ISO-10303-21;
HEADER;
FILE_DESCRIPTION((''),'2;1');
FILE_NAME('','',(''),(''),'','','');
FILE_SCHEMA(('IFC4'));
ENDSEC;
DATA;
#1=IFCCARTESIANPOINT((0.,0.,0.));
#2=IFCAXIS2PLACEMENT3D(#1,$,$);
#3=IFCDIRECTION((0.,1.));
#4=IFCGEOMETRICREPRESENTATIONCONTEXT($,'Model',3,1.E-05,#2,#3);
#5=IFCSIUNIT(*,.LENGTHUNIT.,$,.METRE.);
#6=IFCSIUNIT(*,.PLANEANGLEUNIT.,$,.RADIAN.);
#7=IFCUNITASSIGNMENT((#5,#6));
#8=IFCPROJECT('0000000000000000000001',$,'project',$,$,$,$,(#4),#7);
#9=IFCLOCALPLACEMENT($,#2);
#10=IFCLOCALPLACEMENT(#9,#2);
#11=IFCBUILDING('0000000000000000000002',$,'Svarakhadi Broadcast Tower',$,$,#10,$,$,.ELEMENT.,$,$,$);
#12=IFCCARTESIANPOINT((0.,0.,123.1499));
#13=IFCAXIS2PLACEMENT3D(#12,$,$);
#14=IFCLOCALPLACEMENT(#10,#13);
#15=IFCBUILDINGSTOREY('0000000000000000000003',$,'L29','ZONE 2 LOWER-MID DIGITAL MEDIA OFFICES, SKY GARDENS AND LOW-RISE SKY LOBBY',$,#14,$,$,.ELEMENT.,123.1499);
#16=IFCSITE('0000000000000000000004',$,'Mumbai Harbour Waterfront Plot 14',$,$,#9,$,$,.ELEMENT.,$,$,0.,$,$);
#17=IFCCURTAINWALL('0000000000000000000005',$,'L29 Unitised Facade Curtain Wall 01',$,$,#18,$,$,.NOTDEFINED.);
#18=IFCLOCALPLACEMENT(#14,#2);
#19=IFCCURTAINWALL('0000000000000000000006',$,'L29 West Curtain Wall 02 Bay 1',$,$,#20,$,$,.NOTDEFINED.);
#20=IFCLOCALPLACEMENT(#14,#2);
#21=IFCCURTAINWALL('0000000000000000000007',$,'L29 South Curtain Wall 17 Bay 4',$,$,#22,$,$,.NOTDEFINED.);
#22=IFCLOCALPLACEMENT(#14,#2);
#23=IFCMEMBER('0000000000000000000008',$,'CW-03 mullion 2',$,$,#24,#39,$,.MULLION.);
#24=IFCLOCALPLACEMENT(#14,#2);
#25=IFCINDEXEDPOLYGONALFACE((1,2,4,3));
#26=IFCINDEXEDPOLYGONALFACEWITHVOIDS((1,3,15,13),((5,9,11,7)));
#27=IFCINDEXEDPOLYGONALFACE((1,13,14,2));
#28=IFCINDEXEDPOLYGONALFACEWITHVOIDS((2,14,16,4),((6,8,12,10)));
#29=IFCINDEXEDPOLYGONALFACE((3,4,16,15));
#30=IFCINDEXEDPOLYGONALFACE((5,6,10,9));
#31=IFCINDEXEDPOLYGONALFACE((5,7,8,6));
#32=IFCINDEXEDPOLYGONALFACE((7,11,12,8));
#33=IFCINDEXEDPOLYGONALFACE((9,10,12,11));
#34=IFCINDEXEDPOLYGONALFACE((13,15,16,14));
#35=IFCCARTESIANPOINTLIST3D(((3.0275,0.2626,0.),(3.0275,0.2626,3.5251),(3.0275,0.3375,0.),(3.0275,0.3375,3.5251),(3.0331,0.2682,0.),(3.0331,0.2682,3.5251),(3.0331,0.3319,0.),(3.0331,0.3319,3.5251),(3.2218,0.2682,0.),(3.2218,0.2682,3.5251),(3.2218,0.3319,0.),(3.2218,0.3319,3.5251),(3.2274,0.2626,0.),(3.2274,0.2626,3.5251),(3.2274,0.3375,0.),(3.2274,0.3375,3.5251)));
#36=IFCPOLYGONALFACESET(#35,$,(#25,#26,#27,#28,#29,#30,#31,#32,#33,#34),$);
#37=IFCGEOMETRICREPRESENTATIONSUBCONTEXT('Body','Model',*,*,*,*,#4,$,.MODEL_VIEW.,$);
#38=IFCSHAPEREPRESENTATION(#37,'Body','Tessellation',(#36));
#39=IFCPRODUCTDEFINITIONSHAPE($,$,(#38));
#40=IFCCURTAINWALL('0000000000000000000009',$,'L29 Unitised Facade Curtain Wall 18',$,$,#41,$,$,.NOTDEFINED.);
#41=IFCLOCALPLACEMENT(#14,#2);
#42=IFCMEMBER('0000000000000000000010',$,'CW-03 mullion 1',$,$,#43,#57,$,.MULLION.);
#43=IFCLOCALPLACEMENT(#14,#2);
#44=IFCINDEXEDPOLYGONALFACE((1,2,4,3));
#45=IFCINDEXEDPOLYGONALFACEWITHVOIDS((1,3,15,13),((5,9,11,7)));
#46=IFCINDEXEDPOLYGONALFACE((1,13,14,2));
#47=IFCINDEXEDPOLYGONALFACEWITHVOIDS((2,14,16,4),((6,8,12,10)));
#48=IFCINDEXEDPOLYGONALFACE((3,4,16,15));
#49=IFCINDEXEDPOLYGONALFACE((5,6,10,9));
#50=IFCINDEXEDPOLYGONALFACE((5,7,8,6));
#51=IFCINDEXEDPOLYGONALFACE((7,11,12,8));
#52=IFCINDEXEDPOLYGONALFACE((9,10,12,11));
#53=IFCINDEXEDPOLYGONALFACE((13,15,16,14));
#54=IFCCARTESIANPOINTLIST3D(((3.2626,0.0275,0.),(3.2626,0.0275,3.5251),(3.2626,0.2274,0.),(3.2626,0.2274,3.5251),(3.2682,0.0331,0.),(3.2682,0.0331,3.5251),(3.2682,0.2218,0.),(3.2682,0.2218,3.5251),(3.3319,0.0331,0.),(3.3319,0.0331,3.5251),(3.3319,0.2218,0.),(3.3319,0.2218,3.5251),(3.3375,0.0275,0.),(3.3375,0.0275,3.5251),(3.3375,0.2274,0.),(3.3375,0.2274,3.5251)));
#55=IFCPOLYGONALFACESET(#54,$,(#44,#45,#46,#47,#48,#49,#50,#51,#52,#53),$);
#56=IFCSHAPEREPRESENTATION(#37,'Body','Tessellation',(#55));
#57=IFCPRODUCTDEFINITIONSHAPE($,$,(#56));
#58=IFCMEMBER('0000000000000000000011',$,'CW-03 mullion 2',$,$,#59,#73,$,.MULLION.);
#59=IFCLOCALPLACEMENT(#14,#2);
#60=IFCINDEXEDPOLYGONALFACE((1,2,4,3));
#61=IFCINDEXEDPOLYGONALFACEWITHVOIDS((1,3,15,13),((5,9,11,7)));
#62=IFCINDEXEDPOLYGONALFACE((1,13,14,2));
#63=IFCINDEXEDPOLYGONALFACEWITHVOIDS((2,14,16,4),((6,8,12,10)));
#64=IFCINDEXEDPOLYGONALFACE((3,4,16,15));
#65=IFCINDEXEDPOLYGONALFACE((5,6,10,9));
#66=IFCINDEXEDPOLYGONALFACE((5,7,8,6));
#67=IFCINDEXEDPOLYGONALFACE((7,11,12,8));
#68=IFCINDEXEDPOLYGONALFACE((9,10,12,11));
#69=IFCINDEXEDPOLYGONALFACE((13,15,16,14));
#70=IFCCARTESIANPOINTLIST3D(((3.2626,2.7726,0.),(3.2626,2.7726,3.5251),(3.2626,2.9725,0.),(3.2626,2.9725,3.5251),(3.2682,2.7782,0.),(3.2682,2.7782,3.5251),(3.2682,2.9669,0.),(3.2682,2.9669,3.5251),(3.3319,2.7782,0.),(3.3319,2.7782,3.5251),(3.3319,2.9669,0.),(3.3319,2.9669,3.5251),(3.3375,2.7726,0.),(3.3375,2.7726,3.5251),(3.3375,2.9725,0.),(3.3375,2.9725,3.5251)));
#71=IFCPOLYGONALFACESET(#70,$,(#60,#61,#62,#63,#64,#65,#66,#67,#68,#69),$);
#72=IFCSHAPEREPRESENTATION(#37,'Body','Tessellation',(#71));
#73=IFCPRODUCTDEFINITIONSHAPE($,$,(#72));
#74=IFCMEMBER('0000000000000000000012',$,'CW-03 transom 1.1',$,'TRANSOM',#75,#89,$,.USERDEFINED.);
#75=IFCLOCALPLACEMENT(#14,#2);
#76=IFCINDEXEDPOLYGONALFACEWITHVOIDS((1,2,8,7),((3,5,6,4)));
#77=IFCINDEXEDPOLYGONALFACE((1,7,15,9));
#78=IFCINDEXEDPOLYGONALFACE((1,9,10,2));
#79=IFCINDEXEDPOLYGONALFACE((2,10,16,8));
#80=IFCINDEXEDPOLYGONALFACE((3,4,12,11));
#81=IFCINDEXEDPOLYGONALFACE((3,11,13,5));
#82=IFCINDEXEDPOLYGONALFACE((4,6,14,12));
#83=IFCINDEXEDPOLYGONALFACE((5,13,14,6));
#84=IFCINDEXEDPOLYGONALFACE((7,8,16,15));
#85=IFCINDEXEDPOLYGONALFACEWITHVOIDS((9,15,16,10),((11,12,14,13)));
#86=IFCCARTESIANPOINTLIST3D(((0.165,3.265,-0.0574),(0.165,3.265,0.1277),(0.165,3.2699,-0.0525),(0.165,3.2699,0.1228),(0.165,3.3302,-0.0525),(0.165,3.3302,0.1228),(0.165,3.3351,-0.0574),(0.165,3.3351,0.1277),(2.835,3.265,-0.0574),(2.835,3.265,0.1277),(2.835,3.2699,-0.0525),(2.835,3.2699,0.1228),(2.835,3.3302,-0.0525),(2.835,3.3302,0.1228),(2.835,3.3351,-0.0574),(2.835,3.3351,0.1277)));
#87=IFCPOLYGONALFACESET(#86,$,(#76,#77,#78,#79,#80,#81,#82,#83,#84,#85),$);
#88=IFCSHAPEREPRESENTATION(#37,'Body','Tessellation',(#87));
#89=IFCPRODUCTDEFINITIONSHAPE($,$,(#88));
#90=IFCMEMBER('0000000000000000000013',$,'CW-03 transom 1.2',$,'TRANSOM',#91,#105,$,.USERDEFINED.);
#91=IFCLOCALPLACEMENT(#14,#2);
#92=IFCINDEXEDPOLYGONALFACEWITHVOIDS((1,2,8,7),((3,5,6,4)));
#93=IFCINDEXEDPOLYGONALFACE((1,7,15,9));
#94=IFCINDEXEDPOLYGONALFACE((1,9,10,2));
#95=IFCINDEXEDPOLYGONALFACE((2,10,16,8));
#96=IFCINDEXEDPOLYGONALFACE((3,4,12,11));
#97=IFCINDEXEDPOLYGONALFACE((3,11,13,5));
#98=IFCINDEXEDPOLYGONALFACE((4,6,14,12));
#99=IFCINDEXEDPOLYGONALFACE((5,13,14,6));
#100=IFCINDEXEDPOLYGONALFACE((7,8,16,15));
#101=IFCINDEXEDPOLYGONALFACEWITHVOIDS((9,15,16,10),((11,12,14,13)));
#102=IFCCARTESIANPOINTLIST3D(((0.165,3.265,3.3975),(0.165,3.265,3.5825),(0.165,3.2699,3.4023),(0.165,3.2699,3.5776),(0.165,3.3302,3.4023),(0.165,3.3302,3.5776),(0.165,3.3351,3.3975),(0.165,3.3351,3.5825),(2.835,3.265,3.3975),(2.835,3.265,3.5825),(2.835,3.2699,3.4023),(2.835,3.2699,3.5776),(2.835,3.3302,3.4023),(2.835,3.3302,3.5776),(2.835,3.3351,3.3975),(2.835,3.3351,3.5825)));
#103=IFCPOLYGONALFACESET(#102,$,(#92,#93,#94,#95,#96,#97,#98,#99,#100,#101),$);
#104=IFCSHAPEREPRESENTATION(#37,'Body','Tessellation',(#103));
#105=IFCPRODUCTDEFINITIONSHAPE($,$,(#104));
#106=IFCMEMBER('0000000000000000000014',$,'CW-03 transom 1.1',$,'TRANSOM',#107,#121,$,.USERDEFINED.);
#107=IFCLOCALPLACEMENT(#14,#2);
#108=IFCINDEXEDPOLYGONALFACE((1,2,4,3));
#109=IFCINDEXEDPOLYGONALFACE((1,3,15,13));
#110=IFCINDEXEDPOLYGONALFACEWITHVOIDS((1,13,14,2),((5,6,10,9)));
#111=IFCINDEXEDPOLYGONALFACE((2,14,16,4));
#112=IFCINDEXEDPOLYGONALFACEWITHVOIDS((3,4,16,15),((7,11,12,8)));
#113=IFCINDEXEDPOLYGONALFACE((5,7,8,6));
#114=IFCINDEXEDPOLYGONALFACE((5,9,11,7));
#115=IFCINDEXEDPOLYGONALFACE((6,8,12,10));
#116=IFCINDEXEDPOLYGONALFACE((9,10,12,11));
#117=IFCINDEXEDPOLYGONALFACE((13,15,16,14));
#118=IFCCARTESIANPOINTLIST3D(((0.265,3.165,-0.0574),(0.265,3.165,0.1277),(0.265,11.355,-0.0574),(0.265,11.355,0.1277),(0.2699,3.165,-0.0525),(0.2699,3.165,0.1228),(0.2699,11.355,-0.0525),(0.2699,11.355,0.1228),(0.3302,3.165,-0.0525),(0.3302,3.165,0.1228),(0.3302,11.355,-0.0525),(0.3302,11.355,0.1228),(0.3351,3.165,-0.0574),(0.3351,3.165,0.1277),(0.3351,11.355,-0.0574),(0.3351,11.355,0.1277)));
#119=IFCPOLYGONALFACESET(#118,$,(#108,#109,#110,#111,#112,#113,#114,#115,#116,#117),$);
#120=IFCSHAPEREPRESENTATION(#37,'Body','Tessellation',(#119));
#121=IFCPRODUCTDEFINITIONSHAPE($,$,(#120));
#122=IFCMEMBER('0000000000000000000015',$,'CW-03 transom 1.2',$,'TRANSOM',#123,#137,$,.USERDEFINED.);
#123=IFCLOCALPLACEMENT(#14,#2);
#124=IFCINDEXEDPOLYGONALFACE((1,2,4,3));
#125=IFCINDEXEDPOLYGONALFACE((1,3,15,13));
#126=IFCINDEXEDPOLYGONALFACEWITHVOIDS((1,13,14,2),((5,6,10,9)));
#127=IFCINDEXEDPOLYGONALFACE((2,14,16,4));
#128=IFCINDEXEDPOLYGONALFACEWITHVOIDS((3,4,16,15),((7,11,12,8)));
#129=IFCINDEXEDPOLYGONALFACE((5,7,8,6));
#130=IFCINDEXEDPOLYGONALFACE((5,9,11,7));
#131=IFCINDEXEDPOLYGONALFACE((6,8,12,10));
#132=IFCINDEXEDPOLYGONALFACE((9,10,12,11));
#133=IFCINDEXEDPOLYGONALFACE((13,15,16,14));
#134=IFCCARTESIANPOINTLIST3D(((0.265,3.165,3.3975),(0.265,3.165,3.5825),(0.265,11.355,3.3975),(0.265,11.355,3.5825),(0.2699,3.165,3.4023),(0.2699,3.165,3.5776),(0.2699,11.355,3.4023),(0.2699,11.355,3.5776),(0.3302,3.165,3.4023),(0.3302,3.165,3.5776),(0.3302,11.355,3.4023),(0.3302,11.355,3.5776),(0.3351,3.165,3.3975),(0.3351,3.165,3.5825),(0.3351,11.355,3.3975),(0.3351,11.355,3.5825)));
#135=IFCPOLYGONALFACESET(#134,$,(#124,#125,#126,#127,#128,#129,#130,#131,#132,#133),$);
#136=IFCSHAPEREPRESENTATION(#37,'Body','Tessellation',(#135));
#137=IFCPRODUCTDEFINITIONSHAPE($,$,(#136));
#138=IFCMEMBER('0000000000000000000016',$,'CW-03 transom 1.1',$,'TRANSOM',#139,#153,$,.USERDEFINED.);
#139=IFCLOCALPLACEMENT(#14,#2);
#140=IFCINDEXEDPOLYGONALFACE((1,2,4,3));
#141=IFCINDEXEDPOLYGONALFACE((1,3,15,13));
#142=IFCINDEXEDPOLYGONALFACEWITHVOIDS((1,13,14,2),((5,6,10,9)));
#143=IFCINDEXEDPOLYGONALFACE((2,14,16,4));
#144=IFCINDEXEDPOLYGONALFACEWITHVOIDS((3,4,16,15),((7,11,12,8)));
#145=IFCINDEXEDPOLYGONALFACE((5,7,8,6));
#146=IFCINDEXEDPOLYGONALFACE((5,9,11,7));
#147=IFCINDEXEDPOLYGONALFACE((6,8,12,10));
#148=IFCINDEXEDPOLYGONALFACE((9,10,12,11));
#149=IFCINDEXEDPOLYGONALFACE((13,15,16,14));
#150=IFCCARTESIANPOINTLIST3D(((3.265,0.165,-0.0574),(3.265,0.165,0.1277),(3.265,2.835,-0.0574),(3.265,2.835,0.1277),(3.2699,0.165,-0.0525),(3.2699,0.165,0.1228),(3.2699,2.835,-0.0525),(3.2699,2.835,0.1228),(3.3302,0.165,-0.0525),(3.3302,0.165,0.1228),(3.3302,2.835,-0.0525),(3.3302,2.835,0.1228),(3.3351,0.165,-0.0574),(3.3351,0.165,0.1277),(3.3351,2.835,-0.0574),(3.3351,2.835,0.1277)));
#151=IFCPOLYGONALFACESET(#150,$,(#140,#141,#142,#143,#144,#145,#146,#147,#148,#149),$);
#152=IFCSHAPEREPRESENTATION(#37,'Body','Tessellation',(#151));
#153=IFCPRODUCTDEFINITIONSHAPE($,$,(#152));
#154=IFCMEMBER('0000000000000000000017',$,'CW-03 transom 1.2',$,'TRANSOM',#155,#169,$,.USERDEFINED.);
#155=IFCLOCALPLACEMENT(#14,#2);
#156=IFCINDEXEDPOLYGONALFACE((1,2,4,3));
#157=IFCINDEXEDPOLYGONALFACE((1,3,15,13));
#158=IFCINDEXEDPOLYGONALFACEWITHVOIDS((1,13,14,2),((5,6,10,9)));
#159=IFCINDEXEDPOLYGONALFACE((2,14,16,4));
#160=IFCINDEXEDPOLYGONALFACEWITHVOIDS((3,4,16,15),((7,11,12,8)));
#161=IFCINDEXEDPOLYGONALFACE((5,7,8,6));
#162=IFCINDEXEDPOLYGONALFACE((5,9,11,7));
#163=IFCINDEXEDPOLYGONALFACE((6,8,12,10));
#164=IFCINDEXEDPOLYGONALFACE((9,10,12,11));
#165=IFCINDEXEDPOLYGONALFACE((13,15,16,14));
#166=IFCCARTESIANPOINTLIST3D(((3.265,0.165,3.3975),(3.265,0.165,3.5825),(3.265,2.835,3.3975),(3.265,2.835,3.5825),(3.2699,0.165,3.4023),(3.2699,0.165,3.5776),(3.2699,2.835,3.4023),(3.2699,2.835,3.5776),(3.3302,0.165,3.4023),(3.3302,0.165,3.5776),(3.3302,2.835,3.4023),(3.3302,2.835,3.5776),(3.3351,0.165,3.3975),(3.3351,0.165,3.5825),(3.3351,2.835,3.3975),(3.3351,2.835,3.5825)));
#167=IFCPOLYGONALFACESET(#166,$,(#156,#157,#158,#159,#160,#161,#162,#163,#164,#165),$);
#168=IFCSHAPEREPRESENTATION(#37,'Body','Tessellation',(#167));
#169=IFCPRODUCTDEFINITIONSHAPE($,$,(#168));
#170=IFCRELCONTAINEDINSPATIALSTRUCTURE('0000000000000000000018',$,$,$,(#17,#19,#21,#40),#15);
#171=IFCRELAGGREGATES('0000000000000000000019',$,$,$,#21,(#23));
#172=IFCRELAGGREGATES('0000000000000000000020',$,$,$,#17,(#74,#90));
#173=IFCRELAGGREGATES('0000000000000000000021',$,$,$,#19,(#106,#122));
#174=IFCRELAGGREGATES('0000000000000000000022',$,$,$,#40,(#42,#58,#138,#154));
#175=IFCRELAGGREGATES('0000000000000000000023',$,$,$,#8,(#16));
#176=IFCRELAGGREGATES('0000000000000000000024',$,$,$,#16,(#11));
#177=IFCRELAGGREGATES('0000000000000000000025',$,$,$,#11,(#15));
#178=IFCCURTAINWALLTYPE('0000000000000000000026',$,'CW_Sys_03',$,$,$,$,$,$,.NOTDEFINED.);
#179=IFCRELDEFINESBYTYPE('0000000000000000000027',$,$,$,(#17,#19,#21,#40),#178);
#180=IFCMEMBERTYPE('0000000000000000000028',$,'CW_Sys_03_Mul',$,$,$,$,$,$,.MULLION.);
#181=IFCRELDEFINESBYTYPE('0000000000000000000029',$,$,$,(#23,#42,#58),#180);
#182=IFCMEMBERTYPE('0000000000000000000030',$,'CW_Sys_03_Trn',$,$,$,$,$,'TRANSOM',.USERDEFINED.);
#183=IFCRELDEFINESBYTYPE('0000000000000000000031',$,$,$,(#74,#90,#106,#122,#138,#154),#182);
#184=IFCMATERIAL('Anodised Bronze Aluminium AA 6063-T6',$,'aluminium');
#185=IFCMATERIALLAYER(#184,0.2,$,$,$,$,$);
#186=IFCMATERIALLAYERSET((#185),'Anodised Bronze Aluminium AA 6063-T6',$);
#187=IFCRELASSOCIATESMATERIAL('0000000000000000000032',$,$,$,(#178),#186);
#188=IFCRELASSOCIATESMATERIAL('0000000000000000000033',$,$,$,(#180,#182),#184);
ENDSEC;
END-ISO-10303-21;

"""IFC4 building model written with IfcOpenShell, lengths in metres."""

from ifc_helpers import new_model, si_unit, direction, frame, origin, origin_2d, place, context, subcontext, project, spatial, hollow_rectangle, extrude, material, layer, layer_set, material_profile, profile_set, type_object, element, aggregate, save


model = new_model("IFC4")

# Units and contexts
model_context = context("Model", 3, precision=1e-05, world=origin(), true_north=direction((0.0, 1.0)))
body_context = subcontext(model_context, "Body", "Model", "MODEL_VIEW")
ifc_project = project(units=[si_unit("LENGTHUNIT", "METRE"), si_unit("PLANEANGLEUNIT", "RADIAN")], contexts=[model_context])

# Site, building, storey
site_placement = place(None, origin())
site = spatial("IfcSite", under=ifc_project, at=site_placement, Name="Mumbai Harbour Waterfront Plot 14", CompositionType="ELEMENT", RefElevation=0.0)
building_placement = place(site_placement, origin())
building = spatial("IfcBuilding", under=site, at=building_placement, Name="Svarakhadi Broadcast Tower", CompositionType="ELEMENT")
storey_placement = place(building_placement, frame((0.0, 0.0, 123.1499)))
storey = spatial("IfcBuildingStorey", under=building, at=storey_placement, Name="L29", Description="ZONE 2 LOWER-MID DIGITAL MEDIA OFFICES, SKY GARDENS AND LOW-RISE SKY LOBBY", CompositionType="ELEMENT", Elevation=123.1499)

# Curtain wall
ifc_material_1 = material(Name="Anodised Bronze Aluminium AA 6063-T6", Category="aluminium")
ifc_layer_1 = layer(ifc_material_1, 0.2)
ifc_layer_set_1 = layer_set([ifc_layer_1], Name="Anodised Bronze Aluminium AA 6063-T6")
curtain_wall_type = type_object("IfcCurtainWallType", Name="CW_Sys_03", PredefinedType="NOTDEFINED", material=ifc_layer_set_1)
curtain_wall_1_placement = place(storey_placement, origin())
curtain_wall_1 = element("IfcCurtainWall", 1, at=curtain_wall_1_placement, inside=storey, type_object=curtain_wall_type, Name="L29 Unitised Facade Curtain Wall 01", PredefinedType="NOTDEFINED")
ifc_material_profile_1 = material_profile(ifc_material_1, hollow_rectangle(XDim=0.075, YDim=0.2, WallThickness=0.0056, at=origin_2d()), Name="ALU MULLION 200x75x6")
ifc_profile_set_1 = profile_set([ifc_material_profile_1], Name="Anodised Bronze Aluminium AA 6063-T6")
member_type_1 = type_object("IfcMemberType", Name="CW_Sys_03_Mul", PredefinedType="MULLION", material=ifc_profile_set_1)

# Curtain walls, member
curtain_wall_2_placement = place(storey_placement, origin())
curtain_wall_2 = element("IfcCurtainWall", 2, at=curtain_wall_2_placement, inside=storey, type_object=curtain_wall_type, Name="L29 West Curtain Wall 02 Bay 1", PredefinedType="NOTDEFINED")
curtain_wall_3_placement = place(storey_placement, origin())
curtain_wall_3 = element("IfcCurtainWall", 3, at=curtain_wall_3_placement, inside=storey, type_object=curtain_wall_type, Name="L29 South Curtain Wall 17 Bay 4", PredefinedType="NOTDEFINED")
member_1_placement = place(storey_placement, frame((3.1274, 0.3, 0.0), z_axis=(0.0, 0.0, 1.0), x_axis=(0.0, -1.0, 0.0)))
member_1 = element("IfcMember", 4, at=member_1_placement, type_object=member_type_1, Name="CW-03 mullion 2", PredefinedType="MULLION", context=body_context, shape_type="SweptSolid", body=[
    extrude(hollow_rectangle(XDim=0.075, YDim=0.2, WallThickness=0.0056, at=origin_2d()), origin(), (0.0, 0.0, 1.0), 3.5251),
])
aggregate(curtain_wall_3, [member_1])

# Curtain wall, members
curtain_wall_4_placement = place(storey_placement, origin())
curtain_wall_4 = element("IfcCurtainWall", 5, at=curtain_wall_4_placement, inside=storey, type_object=curtain_wall_type, Name="L29 Unitised Facade Curtain Wall 18", PredefinedType="NOTDEFINED")
member_2_placement = place(storey_placement, frame((3.3, 0.1274, 0.0), z_axis=(0.0, 0.0, 1.0), x_axis=(-1.0, 0.0, 0.0)))
member_2 = element("IfcMember", 6, at=member_2_placement, type_object=member_type_1, Name="CW-03 mullion 1", PredefinedType="MULLION", context=body_context, shape_type="SweptSolid", body=[
    extrude(hollow_rectangle(XDim=0.075, YDim=0.2, WallThickness=0.0056, at=origin_2d()), origin(), (0.0, 0.0, 1.0), 3.5251),
])
member_3_placement = place(storey_placement, frame((3.3, 2.8726, 0.0), z_axis=(0.0, 0.0, 1.0), x_axis=(-1.0, 0.0, 0.0)))
member_3 = element("IfcMember", 7, at=member_3_placement, type_object=member_type_1, Name="CW-03 mullion 2", PredefinedType="MULLION", context=body_context, shape_type="SweptSolid", body=[
    extrude(hollow_rectangle(XDim=0.075, YDim=0.2, WallThickness=0.0056, at=origin_2d()), origin(), (0.0, 0.0, 1.0), 3.5251),
])

# Members
ifc_material_profile_2 = material_profile(ifc_material_1, hollow_rectangle(XDim=0.0701, YDim=0.1851, WallThickness=0.0049, at=origin_2d()), Name="ALU TRANSOM 185x70x5")
ifc_profile_set_2 = profile_set([ifc_material_profile_2], Name="Anodised Bronze Aluminium AA 6063-T6")
member_type_2 = type_object("IfcMemberType", Name="CW_Sys_03_Trn", ElementType="TRANSOM", PredefinedType="USERDEFINED", material=ifc_profile_set_2)
member_4_placement = place(storey_placement, frame((2.835, 3.3, 0.0352), z_axis=(-1.0, 0.0, 0.0), x_axis=(0.0, -1.0, 0.0)))
member_4 = element("IfcMember", 8, at=member_4_placement, type_object=member_type_2, Name="CW-03 transom 1.1", ObjectType="TRANSOM", PredefinedType="USERDEFINED", context=body_context, shape_type="SweptSolid", body=[
    extrude(hollow_rectangle(XDim=0.0701, YDim=0.1851, WallThickness=0.0049, at=origin_2d()), origin(), (0.0, 0.0, 1.0), 2.6699),
])
member_5_placement = place(storey_placement, frame((2.835, 3.3, 3.49), z_axis=(-1.0, 0.0, 0.0), x_axis=(0.0, -1.0, 0.0)))
member_5 = element("IfcMember", 9, at=member_5_placement, type_object=member_type_2, Name="CW-03 transom 1.2", ObjectType="TRANSOM", PredefinedType="USERDEFINED", context=body_context, shape_type="SweptSolid", body=[
    extrude(hollow_rectangle(XDim=0.0701, YDim=0.1851, WallThickness=0.0049, at=origin_2d()), origin(), (0.0, 0.0, 1.0), 2.6699),
])
member_6_placement = place(storey_placement, frame((0.3, 3.165, 0.0352), z_axis=(0.0, 1.0, 0.0), x_axis=(-1.0, 0.0, 0.0)))
member_6 = element("IfcMember", 10, at=member_6_placement, type_object=member_type_2, Name="CW-03 transom 1.1", ObjectType="TRANSOM", PredefinedType="USERDEFINED", context=body_context, shape_type="SweptSolid", body=[
    extrude(hollow_rectangle(XDim=0.0701, YDim=0.1851, WallThickness=0.0049, at=origin_2d()), origin(), (0.0, 0.0, 1.0), 8.1899),
])
member_7_placement = place(storey_placement, frame((0.3, 3.165, 3.49), z_axis=(0.0, 1.0, 0.0), x_axis=(-1.0, 0.0, 0.0)))
member_7 = element("IfcMember", 11, at=member_7_placement, type_object=member_type_2, Name="CW-03 transom 1.2", ObjectType="TRANSOM", PredefinedType="USERDEFINED", context=body_context, shape_type="SweptSolid", body=[
    extrude(hollow_rectangle(XDim=0.0701, YDim=0.1851, WallThickness=0.0049, at=origin_2d()), origin(), (0.0, 0.0, 1.0), 8.1899),
])
member_8_placement = place(storey_placement, frame((3.3, 0.165, 0.0352), z_axis=(0.0, 1.0, 0.0), x_axis=(-1.0, 0.0, 0.0)))
member_8 = element("IfcMember", 12, at=member_8_placement, type_object=member_type_2, Name="CW-03 transom 1.1", ObjectType="TRANSOM", PredefinedType="USERDEFINED", context=body_context, shape_type="SweptSolid", body=[
    extrude(hollow_rectangle(XDim=0.0701, YDim=0.1851, WallThickness=0.0049, at=origin_2d()), origin(), (0.0, 0.0, 1.0), 2.6699),
])
member_9_placement = place(storey_placement, frame((3.3, 0.165, 3.49), z_axis=(0.0, 1.0, 0.0), x_axis=(-1.0, 0.0, 0.0)))
member_9 = element("IfcMember", 13, at=member_9_placement, type_object=member_type_2, Name="CW-03 transom 1.2", ObjectType="TRANSOM", PredefinedType="USERDEFINED", context=body_context, shape_type="SweptSolid", body=[
    extrude(hollow_rectangle(XDim=0.0701, YDim=0.1851, WallThickness=0.0049, at=origin_2d()), origin(), (0.0, 0.0, 1.0), 2.6699),
])

aggregate(curtain_wall_1, [member_4, member_5])
aggregate(curtain_wall_2, [member_6, member_7])
aggregate(curtain_wall_4, [member_2, member_3, member_8, member_9])

save(model, "model.ifc")
